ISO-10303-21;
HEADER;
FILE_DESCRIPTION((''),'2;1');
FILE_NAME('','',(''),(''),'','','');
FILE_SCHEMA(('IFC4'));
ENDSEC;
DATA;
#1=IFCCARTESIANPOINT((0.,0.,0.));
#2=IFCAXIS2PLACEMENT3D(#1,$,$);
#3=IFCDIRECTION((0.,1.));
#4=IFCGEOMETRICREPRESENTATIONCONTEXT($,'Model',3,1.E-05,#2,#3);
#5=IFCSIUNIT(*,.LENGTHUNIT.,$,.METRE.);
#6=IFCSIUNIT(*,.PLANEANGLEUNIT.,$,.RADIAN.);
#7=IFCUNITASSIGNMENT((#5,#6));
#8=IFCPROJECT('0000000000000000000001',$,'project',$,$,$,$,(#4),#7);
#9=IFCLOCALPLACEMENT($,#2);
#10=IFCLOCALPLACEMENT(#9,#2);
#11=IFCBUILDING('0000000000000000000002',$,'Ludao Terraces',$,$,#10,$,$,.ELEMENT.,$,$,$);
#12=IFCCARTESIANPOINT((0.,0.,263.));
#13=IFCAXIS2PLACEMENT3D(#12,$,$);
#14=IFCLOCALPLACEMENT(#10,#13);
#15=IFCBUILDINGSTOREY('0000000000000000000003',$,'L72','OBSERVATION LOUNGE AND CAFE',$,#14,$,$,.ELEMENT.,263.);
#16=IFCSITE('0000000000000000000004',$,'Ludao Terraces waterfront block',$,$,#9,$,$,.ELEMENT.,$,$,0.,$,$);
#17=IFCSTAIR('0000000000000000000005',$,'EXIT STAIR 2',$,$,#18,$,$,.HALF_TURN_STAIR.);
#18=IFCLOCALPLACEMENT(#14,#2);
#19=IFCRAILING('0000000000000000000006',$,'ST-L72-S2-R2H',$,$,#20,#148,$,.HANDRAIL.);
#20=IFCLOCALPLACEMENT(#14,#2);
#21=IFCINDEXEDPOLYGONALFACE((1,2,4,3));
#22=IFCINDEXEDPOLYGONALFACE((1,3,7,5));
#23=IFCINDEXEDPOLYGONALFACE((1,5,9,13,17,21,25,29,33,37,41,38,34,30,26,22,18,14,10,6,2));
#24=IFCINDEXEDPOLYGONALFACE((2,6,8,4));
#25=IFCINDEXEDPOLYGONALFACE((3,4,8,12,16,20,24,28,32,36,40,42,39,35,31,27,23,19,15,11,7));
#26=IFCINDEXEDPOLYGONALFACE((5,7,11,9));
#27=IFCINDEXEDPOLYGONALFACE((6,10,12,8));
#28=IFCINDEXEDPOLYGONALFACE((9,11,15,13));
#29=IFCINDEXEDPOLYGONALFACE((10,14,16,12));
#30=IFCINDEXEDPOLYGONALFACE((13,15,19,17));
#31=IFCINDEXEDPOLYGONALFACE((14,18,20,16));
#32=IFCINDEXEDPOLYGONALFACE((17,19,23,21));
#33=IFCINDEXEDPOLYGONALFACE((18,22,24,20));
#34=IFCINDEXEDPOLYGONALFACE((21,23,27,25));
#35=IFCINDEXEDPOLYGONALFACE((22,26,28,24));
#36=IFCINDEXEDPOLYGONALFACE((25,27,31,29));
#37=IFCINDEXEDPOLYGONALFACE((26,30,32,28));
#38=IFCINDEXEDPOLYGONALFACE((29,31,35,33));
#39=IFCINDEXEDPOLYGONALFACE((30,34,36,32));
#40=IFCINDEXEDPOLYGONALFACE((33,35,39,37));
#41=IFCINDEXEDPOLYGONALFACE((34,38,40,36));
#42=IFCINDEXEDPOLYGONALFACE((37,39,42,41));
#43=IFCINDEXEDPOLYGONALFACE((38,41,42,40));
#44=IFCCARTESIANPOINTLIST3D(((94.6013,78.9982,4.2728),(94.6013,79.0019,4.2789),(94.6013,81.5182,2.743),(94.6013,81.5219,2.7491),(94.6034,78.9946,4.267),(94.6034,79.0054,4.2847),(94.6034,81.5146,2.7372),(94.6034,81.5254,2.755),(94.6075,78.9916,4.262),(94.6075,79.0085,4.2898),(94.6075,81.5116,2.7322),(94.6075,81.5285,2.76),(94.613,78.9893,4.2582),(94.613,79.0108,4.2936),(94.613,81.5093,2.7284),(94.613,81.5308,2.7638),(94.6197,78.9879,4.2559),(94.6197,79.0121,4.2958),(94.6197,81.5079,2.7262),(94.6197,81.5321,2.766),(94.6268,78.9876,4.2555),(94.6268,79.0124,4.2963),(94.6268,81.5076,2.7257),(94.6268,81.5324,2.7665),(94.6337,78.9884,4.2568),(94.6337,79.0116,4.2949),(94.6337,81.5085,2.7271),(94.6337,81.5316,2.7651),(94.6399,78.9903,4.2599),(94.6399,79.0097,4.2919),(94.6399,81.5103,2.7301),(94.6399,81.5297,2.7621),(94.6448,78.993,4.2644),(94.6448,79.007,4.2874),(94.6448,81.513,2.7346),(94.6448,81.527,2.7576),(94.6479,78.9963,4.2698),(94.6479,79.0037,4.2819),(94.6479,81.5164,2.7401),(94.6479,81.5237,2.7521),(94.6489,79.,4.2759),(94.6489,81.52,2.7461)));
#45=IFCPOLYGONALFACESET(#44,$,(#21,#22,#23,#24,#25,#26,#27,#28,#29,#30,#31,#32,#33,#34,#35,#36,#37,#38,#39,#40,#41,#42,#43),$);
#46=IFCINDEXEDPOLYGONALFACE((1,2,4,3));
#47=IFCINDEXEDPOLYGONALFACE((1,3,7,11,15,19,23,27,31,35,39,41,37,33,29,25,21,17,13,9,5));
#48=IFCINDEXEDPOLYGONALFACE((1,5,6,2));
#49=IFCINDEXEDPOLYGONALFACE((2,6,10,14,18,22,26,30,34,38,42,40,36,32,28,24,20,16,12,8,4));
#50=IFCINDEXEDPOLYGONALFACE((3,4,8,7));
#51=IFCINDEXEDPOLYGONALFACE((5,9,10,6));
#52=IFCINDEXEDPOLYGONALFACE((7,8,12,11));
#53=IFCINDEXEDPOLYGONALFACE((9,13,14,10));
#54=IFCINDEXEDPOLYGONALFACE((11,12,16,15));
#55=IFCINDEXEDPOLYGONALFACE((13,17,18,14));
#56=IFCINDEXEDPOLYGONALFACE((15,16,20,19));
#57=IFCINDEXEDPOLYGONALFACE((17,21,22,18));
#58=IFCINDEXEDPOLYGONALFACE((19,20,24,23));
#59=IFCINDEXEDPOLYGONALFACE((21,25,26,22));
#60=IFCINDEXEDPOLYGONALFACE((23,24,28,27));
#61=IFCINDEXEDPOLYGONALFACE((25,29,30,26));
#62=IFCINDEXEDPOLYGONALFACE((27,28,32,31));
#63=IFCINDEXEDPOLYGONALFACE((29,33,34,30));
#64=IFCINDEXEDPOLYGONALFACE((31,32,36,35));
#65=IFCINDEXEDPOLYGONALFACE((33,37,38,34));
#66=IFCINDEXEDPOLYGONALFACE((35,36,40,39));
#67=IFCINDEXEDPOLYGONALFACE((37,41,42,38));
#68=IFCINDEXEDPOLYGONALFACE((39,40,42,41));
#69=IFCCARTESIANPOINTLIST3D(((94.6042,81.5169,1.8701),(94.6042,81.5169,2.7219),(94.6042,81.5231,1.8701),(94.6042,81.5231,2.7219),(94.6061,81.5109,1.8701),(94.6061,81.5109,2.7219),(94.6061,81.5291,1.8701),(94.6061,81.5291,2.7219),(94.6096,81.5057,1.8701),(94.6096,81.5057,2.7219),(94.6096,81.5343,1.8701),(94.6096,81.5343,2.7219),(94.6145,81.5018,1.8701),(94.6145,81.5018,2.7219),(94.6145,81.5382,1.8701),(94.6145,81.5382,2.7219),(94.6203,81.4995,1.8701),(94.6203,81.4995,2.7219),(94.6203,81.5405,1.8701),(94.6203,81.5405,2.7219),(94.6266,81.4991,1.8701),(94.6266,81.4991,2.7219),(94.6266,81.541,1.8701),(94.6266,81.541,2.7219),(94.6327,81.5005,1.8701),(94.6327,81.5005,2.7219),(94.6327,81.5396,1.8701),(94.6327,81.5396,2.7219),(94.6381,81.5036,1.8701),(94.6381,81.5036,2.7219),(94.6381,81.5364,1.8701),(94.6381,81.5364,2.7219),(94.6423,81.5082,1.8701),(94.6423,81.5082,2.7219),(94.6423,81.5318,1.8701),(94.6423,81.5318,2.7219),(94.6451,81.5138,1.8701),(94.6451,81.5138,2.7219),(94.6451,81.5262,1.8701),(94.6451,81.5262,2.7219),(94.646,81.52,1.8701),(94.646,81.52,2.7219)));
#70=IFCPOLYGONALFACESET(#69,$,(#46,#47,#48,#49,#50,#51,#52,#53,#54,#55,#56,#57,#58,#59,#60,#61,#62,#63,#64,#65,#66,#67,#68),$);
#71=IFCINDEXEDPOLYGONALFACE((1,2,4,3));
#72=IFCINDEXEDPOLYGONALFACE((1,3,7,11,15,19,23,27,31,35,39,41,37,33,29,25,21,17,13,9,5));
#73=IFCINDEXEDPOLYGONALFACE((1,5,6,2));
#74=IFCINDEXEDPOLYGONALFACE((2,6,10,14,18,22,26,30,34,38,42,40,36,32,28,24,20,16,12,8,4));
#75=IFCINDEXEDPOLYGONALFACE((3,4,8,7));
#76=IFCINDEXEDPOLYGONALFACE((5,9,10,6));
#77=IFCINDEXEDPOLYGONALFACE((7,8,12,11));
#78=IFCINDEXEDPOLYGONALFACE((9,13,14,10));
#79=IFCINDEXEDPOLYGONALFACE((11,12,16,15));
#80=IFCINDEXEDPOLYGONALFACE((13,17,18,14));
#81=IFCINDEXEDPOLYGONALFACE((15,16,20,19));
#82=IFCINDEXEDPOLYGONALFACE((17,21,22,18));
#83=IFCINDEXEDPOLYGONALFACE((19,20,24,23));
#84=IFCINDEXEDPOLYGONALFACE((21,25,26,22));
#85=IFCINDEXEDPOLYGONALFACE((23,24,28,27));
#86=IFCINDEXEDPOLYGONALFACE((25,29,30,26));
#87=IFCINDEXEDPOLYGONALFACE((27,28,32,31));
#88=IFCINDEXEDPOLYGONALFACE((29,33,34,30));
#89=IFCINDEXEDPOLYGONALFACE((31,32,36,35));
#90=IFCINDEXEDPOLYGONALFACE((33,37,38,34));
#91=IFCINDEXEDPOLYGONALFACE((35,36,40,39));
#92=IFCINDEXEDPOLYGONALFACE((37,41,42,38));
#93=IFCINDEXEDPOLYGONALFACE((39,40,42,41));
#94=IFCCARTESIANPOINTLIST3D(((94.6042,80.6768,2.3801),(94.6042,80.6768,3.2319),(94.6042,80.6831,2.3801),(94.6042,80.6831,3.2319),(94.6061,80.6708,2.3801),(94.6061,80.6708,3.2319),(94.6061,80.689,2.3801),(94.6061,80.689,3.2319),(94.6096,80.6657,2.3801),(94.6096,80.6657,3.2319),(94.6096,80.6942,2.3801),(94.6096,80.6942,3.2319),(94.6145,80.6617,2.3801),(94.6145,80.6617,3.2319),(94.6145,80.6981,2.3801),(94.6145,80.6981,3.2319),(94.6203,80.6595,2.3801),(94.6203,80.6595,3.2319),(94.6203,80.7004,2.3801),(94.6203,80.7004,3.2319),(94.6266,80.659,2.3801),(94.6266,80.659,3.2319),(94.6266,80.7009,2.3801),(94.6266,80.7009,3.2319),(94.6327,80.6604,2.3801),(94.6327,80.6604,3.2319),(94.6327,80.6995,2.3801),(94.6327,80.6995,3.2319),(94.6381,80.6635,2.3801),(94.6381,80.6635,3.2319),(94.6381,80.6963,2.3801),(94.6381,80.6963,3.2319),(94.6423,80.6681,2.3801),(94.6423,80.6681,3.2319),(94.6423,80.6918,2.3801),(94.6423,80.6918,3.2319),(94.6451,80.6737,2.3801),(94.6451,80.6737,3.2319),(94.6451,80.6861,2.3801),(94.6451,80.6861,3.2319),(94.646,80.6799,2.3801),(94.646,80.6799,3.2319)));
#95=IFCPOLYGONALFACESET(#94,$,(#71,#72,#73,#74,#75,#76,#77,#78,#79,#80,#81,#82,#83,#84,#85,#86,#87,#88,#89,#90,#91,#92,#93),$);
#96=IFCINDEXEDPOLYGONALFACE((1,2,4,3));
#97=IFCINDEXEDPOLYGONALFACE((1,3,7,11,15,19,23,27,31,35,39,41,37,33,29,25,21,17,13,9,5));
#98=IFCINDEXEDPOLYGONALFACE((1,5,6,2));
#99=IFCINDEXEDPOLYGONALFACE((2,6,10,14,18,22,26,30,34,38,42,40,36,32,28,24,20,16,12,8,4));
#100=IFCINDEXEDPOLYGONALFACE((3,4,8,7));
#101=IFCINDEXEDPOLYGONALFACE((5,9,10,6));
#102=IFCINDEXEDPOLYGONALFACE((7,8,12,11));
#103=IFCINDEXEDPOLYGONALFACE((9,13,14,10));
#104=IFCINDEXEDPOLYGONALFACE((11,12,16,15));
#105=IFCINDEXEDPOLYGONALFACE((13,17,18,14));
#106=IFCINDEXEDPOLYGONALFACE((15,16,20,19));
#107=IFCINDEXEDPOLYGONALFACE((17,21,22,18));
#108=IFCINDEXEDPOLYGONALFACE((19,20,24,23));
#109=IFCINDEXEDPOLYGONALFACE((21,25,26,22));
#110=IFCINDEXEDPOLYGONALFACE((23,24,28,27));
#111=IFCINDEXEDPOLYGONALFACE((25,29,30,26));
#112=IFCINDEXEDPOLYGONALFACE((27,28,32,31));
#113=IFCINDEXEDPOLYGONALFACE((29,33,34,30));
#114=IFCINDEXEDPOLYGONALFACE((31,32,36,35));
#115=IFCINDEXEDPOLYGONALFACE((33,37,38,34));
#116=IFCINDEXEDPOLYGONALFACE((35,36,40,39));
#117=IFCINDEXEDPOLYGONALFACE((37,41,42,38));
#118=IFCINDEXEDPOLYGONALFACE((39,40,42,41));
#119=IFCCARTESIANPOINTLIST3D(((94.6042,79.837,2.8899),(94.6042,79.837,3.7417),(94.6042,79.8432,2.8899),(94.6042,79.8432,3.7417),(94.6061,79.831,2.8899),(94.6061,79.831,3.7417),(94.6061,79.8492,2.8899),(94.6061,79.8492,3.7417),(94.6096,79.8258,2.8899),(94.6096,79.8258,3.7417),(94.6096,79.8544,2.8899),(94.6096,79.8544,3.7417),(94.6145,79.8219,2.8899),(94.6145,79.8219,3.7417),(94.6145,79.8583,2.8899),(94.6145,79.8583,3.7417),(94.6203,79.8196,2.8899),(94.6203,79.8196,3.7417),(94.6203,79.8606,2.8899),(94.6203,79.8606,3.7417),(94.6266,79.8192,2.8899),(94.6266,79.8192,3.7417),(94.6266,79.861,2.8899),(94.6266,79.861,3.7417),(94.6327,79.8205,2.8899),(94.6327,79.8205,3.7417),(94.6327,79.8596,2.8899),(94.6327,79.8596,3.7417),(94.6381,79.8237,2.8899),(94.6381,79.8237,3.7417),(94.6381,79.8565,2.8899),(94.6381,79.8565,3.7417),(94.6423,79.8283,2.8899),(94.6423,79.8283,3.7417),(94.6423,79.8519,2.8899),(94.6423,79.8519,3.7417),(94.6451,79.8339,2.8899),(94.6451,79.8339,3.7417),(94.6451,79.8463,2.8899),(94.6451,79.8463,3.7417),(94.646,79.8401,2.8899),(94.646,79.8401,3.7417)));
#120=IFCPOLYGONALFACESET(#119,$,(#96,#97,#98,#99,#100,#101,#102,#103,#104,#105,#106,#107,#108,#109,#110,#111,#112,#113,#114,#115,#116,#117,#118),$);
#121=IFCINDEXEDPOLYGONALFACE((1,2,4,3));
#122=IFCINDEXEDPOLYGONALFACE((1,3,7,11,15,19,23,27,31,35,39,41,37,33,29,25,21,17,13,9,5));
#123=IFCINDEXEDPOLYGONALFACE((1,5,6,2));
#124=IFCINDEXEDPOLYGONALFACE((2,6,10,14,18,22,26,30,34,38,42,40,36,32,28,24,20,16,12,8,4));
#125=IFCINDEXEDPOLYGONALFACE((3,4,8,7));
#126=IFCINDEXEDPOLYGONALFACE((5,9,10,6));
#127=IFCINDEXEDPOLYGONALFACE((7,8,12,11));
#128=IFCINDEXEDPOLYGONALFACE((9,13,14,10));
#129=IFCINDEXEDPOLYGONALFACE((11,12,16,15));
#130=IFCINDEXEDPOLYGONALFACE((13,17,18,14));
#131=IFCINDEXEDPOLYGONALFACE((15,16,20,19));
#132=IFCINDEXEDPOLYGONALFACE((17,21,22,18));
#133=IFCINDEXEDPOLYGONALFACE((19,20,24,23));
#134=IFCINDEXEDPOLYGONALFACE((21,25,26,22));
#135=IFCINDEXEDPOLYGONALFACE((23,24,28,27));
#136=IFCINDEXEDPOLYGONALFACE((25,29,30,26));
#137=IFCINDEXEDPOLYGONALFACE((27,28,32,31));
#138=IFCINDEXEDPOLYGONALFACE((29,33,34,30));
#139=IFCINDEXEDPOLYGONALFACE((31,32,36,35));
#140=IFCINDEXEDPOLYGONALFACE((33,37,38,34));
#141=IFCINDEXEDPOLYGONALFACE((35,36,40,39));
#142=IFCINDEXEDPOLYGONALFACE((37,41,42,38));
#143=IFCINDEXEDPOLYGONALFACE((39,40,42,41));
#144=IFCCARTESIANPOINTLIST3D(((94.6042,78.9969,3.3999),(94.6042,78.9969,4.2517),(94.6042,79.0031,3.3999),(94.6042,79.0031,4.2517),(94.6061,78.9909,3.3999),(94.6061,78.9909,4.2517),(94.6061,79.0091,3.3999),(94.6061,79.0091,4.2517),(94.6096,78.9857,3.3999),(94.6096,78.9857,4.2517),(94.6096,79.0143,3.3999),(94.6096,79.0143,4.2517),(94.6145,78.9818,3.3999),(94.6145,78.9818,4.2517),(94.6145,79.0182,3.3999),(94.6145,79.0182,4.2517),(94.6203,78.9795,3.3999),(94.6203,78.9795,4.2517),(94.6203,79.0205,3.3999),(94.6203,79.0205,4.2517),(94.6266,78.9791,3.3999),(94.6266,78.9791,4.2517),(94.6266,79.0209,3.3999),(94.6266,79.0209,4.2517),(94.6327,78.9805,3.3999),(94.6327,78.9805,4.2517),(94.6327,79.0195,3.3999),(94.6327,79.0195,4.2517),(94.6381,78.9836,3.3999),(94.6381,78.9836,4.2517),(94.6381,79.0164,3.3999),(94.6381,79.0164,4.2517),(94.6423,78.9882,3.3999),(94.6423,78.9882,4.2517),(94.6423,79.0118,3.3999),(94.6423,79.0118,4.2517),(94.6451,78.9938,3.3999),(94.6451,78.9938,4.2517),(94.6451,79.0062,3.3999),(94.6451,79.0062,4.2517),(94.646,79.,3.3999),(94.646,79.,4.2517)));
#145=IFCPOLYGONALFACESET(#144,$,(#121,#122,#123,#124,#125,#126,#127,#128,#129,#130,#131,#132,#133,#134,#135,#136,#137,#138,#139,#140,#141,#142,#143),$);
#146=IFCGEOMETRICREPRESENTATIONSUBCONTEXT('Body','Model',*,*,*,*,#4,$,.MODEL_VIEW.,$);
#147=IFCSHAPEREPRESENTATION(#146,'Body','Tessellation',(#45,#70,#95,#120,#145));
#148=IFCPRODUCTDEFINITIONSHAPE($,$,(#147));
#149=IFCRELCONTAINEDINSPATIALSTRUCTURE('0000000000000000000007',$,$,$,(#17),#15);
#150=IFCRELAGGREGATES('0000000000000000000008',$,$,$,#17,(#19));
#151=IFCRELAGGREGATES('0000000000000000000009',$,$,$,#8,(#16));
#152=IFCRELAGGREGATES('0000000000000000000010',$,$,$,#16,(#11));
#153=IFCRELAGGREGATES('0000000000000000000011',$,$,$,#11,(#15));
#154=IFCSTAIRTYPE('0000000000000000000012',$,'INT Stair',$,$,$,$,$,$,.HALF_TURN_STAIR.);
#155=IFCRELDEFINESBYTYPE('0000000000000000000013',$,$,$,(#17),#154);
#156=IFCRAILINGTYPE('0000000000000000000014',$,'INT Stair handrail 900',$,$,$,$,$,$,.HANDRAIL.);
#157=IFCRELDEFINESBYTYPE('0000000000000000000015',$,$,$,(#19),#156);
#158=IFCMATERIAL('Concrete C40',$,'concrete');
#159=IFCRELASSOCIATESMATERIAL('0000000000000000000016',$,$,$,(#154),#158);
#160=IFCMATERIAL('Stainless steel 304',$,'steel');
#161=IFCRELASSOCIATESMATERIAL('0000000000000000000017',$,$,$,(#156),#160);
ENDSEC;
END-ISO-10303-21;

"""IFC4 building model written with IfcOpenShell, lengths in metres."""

from ifc_helpers import new_model, si_unit, direction, frame, origin, origin_2d, place, context, subcontext, project, spatial, circle, extrude, material, type_object, element, aggregate, save


model = new_model("IFC4")

# Units and contexts
model_context = context("Model", 3, precision=1e-05, world=origin(), true_north=direction((0.0, 1.0)))
body_context = subcontext(model_context, "Body", "Model", "MODEL_VIEW")
ifc_project = project(units=[si_unit("LENGTHUNIT", "METRE"), si_unit("PLANEANGLEUNIT", "RADIAN")], contexts=[model_context])

# Site, building, storey
site_placement = place(None, origin())
site = spatial("IfcSite", under=ifc_project, at=site_placement, Name="Ludao Terraces waterfront block", CompositionType="ELEMENT", RefElevation=0.0)
building_placement = place(site_placement, origin())
building = spatial("IfcBuilding", under=site, at=building_placement, Name="Ludao Terraces", CompositionType="ELEMENT")
storey_placement = place(building_placement, frame((0.0, 0.0, 263.0)))
storey = spatial("IfcBuildingStorey", under=building, at=storey_placement, Name="L72", Description="OBSERVATION LOUNGE AND CAFE", CompositionType="ELEMENT", Elevation=263.0)

# Shared definitions
ifc_material_1 = material(Name="Concrete C40", Category="concrete")

# Stair, railing
stair_type = type_object("IfcStairType", Name="INT Stair", PredefinedType="HALF_TURN_STAIR", material=ifc_material_1)
stair_placement = place(storey_placement, origin())
stair = element("IfcStair", 1, at=stair_placement, inside=storey, type_object=stair_type, Name="EXIT STAIR 2", PredefinedType="HALF_TURN_STAIR")
ifc_material_2 = material(Name="Stainless steel 304", Category="steel")
railing_type_1 = type_object("IfcRailingType", Name="INT Stair handrail 900", PredefinedType="HANDRAIL", material=ifc_material_2)
railing_1_placement = place(storey_placement, frame((94.625, 81.52, 1.8701)))
railing_1 = element("IfcRailing", 2, at=railing_1_placement, type_object=railing_type_1, Name="ST-L72-S2-R2H", PredefinedType="HANDRAIL", context=body_context, shape_type="SweptSolid", body=[
    extrude(circle(Radius=0.0239, at=origin_2d()), frame((0.0, 0.0, 0.876), z_axis=(0.0, -0.854822, 0.518922), x_axis=(1.0, 0.0, 0.0)), (0.0, 0.0, 1.0), 2.948),
    extrude(circle(Radius=0.021, at=origin_2d()), origin(), (0.0, 0.0, 1.0), 0.8518),
    extrude(circle(Radius=0.021, at=origin_2d()), frame((0.0, -0.8401, 0.51)), (0.0, 0.0, 1.0), 0.8518),
    extrude(circle(Radius=0.021, at=origin_2d()), frame((0.0, -1.6799, 1.0198)), (0.0, 0.0, 1.0), 0.8518),
    extrude(circle(Radius=0.021, at=origin_2d()), frame((0.0, -2.52, 1.5298)), (0.0, 0.0, 1.0), 0.8518),
])
aggregate(stair, [railing_1])

save(model, "model.ifc")
